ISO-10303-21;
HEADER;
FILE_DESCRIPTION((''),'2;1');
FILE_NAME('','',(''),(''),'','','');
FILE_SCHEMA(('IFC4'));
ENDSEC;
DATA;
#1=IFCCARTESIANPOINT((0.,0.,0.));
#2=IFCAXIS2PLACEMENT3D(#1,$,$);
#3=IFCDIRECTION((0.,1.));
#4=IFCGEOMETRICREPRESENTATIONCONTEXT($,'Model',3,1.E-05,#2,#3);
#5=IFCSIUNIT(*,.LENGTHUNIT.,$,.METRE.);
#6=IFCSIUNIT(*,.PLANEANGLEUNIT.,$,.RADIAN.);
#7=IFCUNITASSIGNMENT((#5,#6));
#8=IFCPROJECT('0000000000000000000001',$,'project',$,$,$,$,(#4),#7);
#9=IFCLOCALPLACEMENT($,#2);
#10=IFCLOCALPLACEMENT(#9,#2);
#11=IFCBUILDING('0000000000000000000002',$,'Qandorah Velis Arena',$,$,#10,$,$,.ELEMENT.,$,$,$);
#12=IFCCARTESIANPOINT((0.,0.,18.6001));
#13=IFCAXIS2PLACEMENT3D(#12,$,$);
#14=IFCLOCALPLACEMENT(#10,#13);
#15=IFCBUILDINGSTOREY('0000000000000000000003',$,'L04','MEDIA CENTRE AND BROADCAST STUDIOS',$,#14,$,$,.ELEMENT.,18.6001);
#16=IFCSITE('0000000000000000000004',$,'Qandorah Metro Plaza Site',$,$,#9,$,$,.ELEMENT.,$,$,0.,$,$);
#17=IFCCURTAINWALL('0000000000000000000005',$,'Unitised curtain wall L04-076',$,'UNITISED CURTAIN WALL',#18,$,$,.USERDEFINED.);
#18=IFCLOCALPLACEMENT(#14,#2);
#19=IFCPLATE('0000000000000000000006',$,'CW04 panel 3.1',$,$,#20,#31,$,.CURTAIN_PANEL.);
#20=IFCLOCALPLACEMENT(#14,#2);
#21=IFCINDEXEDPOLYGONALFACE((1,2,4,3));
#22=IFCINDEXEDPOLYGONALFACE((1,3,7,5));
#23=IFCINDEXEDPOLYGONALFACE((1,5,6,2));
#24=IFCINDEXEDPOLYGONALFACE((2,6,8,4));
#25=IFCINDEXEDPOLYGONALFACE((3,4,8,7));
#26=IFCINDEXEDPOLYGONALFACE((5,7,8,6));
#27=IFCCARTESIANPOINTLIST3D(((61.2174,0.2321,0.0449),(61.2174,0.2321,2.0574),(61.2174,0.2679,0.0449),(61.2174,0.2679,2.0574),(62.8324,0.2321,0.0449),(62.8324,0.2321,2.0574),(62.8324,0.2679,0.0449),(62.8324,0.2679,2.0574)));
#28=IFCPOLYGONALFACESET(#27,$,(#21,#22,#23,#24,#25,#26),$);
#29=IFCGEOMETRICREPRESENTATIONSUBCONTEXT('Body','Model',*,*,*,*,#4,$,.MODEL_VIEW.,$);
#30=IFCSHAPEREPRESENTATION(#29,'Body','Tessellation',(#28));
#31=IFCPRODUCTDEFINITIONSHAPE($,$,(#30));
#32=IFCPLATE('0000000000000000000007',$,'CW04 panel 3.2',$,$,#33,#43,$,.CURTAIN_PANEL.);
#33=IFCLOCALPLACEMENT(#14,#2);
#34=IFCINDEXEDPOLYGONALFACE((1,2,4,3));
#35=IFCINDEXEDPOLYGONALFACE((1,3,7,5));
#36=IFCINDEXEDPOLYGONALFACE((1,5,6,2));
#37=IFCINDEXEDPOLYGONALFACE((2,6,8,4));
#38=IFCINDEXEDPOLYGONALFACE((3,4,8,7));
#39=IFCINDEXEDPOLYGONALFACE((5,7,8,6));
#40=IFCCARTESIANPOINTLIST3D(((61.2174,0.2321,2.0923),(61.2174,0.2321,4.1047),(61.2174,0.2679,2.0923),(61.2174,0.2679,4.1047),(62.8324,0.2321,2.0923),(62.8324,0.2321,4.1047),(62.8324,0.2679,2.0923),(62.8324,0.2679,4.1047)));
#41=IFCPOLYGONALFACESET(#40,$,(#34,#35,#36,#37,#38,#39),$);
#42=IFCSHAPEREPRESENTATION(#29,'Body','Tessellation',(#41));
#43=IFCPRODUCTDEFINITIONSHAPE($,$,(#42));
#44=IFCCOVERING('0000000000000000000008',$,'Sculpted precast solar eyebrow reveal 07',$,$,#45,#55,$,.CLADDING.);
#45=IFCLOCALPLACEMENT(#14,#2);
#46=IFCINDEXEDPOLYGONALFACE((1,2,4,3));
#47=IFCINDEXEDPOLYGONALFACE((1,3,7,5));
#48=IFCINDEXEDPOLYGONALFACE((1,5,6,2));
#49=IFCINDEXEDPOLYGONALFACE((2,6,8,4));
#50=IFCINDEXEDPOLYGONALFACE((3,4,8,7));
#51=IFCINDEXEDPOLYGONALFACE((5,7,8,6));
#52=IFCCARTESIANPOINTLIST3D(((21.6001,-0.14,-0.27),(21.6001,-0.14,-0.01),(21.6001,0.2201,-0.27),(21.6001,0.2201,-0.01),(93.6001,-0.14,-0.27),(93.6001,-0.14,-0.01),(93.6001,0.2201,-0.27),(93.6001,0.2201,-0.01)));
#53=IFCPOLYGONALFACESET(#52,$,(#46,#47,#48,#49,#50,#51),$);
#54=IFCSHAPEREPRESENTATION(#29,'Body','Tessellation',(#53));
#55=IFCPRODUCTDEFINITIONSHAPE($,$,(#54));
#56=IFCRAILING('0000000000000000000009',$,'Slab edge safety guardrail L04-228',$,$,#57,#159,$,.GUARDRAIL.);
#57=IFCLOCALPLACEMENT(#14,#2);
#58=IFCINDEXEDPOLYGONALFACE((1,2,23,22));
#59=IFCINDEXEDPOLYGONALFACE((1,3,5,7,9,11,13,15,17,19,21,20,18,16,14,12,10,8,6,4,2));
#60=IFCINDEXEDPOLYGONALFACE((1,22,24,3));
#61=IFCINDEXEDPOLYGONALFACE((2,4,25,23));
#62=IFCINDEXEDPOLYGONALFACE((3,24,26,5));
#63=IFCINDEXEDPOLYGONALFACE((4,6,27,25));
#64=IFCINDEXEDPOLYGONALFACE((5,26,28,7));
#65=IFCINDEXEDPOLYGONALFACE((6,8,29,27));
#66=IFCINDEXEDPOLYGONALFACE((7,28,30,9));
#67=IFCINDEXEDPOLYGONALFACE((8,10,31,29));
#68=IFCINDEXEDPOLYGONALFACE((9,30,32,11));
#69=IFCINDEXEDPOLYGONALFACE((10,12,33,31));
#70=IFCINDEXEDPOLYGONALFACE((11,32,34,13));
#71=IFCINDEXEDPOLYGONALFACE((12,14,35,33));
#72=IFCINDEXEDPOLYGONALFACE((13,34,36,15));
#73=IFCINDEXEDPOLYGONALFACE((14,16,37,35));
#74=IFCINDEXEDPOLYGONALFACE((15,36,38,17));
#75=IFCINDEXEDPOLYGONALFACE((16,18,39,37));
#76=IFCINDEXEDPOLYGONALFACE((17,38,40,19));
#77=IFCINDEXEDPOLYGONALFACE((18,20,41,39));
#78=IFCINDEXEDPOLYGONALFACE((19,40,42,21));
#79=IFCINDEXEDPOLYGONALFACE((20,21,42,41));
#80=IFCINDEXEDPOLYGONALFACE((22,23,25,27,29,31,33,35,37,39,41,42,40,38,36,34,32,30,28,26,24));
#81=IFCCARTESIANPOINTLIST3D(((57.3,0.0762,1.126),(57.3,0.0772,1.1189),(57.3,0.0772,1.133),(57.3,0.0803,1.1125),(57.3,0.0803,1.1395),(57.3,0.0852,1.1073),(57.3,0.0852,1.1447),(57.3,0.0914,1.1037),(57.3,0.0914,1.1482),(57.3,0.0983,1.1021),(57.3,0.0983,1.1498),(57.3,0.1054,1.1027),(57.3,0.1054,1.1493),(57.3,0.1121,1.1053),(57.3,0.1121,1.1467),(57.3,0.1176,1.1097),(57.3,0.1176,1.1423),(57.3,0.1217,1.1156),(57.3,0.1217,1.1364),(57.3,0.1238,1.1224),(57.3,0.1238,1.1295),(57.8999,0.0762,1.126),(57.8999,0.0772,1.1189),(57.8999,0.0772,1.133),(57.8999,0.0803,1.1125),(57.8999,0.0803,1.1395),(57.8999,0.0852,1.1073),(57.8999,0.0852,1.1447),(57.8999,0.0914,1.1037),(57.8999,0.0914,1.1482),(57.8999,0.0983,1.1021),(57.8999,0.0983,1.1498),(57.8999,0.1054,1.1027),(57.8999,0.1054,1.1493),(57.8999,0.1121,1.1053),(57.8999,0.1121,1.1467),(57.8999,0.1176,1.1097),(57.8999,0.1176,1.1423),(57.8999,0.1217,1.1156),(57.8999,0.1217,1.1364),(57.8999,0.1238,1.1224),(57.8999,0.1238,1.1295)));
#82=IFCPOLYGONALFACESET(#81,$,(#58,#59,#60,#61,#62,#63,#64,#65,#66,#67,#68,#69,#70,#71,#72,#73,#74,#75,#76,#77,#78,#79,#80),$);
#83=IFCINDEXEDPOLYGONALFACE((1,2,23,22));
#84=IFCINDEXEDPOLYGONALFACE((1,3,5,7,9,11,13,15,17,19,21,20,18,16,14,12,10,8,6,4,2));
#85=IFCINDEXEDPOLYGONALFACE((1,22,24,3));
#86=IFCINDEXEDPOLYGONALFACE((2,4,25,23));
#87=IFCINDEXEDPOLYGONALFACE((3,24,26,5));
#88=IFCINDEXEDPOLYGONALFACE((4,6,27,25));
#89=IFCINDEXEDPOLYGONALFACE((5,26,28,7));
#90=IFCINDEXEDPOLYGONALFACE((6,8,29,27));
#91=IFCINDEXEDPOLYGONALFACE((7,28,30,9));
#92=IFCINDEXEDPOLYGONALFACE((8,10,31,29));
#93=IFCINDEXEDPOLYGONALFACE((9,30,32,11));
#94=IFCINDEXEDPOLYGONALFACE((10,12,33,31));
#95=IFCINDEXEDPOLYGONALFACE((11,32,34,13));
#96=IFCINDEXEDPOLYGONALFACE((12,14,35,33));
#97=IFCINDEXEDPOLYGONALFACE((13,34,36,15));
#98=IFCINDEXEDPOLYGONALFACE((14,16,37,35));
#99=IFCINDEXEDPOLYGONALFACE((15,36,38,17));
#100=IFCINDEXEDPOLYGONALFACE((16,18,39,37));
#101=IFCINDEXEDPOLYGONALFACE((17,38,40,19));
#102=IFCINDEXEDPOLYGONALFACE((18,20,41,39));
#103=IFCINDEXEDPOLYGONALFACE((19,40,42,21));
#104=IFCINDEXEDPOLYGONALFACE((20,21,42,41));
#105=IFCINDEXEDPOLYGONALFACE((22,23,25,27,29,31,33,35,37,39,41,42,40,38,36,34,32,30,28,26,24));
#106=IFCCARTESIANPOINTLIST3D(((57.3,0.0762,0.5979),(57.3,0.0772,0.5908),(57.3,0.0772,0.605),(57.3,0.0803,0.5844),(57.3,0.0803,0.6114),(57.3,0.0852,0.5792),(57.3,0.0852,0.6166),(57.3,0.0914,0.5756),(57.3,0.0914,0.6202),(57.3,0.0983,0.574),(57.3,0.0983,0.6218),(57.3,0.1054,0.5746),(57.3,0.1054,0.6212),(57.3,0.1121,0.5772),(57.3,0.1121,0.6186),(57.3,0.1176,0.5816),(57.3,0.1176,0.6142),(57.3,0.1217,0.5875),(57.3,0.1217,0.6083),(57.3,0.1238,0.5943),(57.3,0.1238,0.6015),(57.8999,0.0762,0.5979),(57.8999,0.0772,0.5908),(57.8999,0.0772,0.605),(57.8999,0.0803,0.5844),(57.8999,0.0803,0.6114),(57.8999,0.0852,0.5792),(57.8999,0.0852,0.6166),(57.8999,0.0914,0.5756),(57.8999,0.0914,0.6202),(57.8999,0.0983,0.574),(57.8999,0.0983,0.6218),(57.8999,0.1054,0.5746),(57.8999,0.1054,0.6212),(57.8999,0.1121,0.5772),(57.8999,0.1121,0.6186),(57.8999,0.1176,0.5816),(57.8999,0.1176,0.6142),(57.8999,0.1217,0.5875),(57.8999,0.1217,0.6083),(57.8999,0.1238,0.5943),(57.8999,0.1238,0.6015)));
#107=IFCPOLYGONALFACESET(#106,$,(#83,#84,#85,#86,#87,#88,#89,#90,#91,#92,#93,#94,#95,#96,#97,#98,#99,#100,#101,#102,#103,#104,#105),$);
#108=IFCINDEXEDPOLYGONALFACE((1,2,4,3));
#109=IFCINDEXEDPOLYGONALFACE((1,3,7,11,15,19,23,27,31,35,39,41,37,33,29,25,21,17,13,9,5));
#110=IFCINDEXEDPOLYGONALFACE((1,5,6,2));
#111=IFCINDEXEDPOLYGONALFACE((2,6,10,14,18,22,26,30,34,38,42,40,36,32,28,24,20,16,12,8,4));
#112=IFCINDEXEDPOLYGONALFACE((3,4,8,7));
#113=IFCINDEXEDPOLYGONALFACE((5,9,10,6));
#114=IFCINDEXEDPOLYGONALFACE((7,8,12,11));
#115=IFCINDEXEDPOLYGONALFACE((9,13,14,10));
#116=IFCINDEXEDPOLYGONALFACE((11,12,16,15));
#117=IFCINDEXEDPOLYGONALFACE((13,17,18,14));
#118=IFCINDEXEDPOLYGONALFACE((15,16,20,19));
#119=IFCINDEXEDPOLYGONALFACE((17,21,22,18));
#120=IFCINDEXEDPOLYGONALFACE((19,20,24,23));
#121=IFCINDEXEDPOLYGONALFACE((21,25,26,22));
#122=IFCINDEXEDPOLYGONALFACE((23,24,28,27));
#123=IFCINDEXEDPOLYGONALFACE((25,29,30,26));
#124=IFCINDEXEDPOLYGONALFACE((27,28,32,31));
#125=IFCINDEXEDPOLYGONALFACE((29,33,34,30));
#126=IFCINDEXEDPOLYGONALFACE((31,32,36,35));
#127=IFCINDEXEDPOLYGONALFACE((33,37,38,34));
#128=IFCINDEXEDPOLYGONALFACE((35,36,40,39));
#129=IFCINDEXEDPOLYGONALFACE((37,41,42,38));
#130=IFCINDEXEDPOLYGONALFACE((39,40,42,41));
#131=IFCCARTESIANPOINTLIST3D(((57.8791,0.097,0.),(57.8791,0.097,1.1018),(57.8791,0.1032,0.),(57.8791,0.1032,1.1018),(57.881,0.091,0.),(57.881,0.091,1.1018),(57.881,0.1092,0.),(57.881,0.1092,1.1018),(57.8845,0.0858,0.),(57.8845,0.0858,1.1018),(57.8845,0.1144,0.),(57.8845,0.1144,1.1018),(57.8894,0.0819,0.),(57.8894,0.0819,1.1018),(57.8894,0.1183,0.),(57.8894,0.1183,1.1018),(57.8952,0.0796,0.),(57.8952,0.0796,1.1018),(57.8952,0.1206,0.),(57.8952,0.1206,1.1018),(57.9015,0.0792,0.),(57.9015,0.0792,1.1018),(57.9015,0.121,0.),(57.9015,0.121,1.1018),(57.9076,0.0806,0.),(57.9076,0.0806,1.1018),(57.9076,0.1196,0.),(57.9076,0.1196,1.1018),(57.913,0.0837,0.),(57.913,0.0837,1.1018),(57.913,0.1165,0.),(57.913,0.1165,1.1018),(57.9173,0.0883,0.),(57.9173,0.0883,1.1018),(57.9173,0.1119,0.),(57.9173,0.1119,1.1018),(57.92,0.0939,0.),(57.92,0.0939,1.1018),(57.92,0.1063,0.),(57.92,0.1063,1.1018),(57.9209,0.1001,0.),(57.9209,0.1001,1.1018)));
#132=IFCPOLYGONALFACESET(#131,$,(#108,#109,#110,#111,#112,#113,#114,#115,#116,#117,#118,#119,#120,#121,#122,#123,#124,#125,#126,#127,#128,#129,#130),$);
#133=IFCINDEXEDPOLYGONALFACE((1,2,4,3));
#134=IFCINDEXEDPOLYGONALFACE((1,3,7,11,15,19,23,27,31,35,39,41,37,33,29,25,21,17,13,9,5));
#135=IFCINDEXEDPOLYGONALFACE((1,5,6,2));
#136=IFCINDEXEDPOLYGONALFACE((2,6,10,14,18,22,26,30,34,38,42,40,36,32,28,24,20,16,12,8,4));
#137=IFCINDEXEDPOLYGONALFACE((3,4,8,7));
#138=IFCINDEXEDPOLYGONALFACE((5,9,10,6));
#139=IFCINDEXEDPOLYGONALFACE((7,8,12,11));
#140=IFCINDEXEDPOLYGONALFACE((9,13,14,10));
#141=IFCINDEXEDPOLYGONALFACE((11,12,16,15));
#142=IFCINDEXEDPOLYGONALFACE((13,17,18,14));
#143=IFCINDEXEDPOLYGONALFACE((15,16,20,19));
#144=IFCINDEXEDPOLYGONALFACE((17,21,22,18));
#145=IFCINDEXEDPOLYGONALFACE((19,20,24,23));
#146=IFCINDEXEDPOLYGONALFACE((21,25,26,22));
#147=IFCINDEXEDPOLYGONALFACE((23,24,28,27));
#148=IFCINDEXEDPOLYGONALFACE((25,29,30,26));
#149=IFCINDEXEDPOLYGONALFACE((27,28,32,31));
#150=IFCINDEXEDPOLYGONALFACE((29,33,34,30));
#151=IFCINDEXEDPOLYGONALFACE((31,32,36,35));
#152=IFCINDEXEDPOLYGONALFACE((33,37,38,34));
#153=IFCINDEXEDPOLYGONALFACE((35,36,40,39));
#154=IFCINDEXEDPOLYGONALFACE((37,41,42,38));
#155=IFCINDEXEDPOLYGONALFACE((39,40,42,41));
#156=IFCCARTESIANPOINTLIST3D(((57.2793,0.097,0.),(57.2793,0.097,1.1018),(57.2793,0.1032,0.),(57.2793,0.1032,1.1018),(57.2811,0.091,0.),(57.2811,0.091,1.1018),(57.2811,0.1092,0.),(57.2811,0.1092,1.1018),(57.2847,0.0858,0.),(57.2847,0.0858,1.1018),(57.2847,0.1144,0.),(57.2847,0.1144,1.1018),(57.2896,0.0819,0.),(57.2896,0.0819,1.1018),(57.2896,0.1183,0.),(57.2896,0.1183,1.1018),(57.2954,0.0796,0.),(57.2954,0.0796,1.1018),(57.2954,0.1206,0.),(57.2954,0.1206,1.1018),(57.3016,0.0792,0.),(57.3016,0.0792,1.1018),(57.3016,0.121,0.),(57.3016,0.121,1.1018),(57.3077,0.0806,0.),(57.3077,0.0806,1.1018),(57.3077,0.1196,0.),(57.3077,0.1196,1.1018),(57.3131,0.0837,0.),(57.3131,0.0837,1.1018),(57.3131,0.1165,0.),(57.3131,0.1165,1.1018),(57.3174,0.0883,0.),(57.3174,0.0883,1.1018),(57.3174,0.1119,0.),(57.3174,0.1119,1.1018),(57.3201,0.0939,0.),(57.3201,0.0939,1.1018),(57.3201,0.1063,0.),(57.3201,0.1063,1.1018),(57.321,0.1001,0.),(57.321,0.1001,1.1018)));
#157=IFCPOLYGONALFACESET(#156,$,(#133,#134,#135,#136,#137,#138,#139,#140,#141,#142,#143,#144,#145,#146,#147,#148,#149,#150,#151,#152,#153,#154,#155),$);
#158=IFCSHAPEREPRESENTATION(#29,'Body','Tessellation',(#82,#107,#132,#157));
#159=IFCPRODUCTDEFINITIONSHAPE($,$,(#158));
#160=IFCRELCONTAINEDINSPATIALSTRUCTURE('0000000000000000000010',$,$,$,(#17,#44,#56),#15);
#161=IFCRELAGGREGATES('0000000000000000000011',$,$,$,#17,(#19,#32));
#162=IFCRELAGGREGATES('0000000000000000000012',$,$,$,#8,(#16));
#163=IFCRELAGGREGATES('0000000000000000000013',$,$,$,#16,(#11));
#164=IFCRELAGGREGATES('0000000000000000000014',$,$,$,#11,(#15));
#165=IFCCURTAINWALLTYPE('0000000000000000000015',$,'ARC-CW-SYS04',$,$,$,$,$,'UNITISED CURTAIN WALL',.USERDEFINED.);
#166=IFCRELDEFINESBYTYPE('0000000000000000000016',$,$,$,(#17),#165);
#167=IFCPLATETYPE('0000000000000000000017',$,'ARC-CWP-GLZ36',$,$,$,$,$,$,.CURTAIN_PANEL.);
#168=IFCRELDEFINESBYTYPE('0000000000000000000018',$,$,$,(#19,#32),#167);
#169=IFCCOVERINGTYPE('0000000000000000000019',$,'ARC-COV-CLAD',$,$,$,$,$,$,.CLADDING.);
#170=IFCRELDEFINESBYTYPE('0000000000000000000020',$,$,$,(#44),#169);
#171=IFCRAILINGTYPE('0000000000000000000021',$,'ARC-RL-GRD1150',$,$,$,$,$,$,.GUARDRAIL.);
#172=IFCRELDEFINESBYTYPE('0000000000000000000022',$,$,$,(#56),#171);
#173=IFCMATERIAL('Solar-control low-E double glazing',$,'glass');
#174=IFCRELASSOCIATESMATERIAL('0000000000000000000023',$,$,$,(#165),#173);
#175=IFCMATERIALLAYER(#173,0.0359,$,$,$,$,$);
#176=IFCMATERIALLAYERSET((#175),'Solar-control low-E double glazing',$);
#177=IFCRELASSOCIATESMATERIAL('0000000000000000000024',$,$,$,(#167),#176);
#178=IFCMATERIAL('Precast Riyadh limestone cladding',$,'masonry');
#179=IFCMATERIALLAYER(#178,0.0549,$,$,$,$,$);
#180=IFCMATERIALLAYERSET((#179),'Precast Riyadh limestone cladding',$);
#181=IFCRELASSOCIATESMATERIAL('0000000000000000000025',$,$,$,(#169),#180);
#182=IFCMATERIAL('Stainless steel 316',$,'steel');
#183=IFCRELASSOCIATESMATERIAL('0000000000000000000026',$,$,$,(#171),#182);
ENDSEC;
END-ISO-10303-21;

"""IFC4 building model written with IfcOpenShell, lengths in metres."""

from ifc_helpers import new_model, si_unit, direction, frame, origin, origin_2d, place, context, subcontext, project, spatial, rectangle, circle, extrude, material, layer, layer_set, type_object, element, aggregate, save


model = new_model("IFC4")

# Units and contexts
model_context = context("Model", 3, precision=1e-05, world=origin(), true_north=direction((0.0, 1.0)))
body_context = subcontext(model_context, "Body", "Model", "MODEL_VIEW")
ifc_project = project(units=[si_unit("LENGTHUNIT", "METRE"), si_unit("PLANEANGLEUNIT", "RADIAN")], contexts=[model_context])

# Site, building, storey
site_placement = place(None, origin())
site = spatial("IfcSite", under=ifc_project, at=site_placement, Name="Qandorah Metro Plaza Site", CompositionType="ELEMENT", RefElevation=0.0)
building_placement = place(site_placement, origin())
building = spatial("IfcBuilding", under=site, at=building_placement, Name="Qandorah Velis Arena", CompositionType="ELEMENT")
storey_placement = place(building_placement, frame((0.0, 0.0, 18.6001)))
storey = spatial("IfcBuildingStorey", under=building, at=storey_placement, Name="L04", Description="MEDIA CENTRE AND BROADCAST STUDIOS", CompositionType="ELEMENT", Elevation=18.6001)

# Curtain wall
ifc_material_1 = material(Name="Solar-control low-E double glazing", Category="glass")
curtain_wall_type = type_object("IfcCurtainWallType", Name="ARC-CW-SYS04", ElementType="UNITISED CURTAIN WALL", PredefinedType="USERDEFINED", material=ifc_material_1)
curtain_wall_placement = place(storey_placement, origin())
curtain_wall = element("IfcCurtainWall", 1, at=curtain_wall_placement, inside=storey, type_object=curtain_wall_type, Name="Unitised curtain wall L04-076", ObjectType="UNITISED CURTAIN WALL", PredefinedType="USERDEFINED")

# Plates
ifc_layer_1 = layer(ifc_material_1, 0.0359)
ifc_layer_set_1 = layer_set([ifc_layer_1], Name="Solar-control low-E double glazing")
plate_type = type_object("IfcPlateType", Name="ARC-CWP-GLZ36", PredefinedType="CURTAIN_PANEL", material=ifc_layer_set_1)
plate_1_placement = place(storey_placement, frame((62.0249, 0.25, 0.0449), z_axis=(0.0, 0.0, 1.0), x_axis=(1.0, 0.0, 0.0)))
plate_1 = element("IfcPlate", 2, at=plate_1_placement, type_object=plate_type, Name="CW04 panel 3.1", PredefinedType="CURTAIN_PANEL", context=body_context, shape_type="SweptSolid", body=[
    extrude(rectangle(XDim=1.615, YDim=0.0359, at=origin_2d()), origin(), (0.0, 0.0, 1.0), 2.0125),
])
plate_2_placement = place(storey_placement, frame((62.0249, 0.25, 2.0923), z_axis=(0.0, 0.0, 1.0), x_axis=(1.0, 0.0, 0.0)))
plate_2 = element("IfcPlate", 3, at=plate_2_placement, type_object=plate_type, Name="CW04 panel 3.2", PredefinedType="CURTAIN_PANEL", context=body_context, shape_type="SweptSolid", body=[
    extrude(rectangle(XDim=1.615, YDim=0.0359, at=origin_2d()), origin(), (0.0, 0.0, 1.0), 2.0125),
])
aggregate(curtain_wall, [plate_1, plate_2])

# Covering
ifc_material_2 = material(Name="Precast Riyadh limestone cladding", Category="masonry")
ifc_layer_2 = layer(ifc_material_2, 0.0549)
ifc_layer_set_2 = layer_set([ifc_layer_2], Name="Precast Riyadh limestone cladding")
covering_type = type_object("IfcCoveringType", Name="ARC-COV-CLAD", PredefinedType="CLADDING", material=ifc_layer_set_2)
covering_placement = place(storey_placement, frame((57.6001, 0.04, -0.27), z_axis=(0.0, 0.0, 1.0), x_axis=(1.0, 0.0, 0.0)))
element("IfcCovering", 4, at=covering_placement, inside=storey, type_object=covering_type, Name="Sculpted precast solar eyebrow reveal 07", PredefinedType="CLADDING", context=body_context, shape_type="SweptSolid", body=[
    extrude(rectangle(XDim=72.0, YDim=0.3601, at=origin_2d()), origin(), (0.0, 0.0, 1.0), 0.26),
])

# Railing
ifc_material_3 = material(Name="Stainless steel 316", Category="steel")
railing_type = type_object("IfcRailingType", Name="ARC-RL-GRD1150", PredefinedType="GUARDRAIL", material=ifc_material_3)
railing_placement = place(storey_placement, frame((57.8999, 0.1001, 0.0)))
element("IfcRailing", 5, at=railing_placement, inside=storey, type_object=railing_type, Name="Slab edge safety guardrail L04-228", PredefinedType="GUARDRAIL", context=body_context, shape_type="SweptSolid", body=[
    extrude(circle(Radius=0.0239, at=origin_2d()), frame((0.0, 0.0, 1.126), z_axis=(-1.0, 0.0, 0.0), x_axis=(0.0, -1.0, 0.0)), (0.0, 0.0, 1.0), 0.5999),
    extrude(circle(Radius=0.0239, at=origin_2d()), frame((0.0, 0.0, 0.5979), z_axis=(-1.0, 0.0, 0.0), x_axis=(0.0, -1.0, 0.0)), (0.0, 0.0, 1.0), 0.5999),
    extrude(circle(Radius=0.021, at=origin_2d()), origin(), (0.0, 0.0, 1.0), 1.1018),
    extrude(circle(Radius=0.021, at=origin_2d()), frame((-0.5999, 0.0, 0.0)), (0.0, 0.0, 1.0), 1.1018),
])

save(model, "model.ifc")
